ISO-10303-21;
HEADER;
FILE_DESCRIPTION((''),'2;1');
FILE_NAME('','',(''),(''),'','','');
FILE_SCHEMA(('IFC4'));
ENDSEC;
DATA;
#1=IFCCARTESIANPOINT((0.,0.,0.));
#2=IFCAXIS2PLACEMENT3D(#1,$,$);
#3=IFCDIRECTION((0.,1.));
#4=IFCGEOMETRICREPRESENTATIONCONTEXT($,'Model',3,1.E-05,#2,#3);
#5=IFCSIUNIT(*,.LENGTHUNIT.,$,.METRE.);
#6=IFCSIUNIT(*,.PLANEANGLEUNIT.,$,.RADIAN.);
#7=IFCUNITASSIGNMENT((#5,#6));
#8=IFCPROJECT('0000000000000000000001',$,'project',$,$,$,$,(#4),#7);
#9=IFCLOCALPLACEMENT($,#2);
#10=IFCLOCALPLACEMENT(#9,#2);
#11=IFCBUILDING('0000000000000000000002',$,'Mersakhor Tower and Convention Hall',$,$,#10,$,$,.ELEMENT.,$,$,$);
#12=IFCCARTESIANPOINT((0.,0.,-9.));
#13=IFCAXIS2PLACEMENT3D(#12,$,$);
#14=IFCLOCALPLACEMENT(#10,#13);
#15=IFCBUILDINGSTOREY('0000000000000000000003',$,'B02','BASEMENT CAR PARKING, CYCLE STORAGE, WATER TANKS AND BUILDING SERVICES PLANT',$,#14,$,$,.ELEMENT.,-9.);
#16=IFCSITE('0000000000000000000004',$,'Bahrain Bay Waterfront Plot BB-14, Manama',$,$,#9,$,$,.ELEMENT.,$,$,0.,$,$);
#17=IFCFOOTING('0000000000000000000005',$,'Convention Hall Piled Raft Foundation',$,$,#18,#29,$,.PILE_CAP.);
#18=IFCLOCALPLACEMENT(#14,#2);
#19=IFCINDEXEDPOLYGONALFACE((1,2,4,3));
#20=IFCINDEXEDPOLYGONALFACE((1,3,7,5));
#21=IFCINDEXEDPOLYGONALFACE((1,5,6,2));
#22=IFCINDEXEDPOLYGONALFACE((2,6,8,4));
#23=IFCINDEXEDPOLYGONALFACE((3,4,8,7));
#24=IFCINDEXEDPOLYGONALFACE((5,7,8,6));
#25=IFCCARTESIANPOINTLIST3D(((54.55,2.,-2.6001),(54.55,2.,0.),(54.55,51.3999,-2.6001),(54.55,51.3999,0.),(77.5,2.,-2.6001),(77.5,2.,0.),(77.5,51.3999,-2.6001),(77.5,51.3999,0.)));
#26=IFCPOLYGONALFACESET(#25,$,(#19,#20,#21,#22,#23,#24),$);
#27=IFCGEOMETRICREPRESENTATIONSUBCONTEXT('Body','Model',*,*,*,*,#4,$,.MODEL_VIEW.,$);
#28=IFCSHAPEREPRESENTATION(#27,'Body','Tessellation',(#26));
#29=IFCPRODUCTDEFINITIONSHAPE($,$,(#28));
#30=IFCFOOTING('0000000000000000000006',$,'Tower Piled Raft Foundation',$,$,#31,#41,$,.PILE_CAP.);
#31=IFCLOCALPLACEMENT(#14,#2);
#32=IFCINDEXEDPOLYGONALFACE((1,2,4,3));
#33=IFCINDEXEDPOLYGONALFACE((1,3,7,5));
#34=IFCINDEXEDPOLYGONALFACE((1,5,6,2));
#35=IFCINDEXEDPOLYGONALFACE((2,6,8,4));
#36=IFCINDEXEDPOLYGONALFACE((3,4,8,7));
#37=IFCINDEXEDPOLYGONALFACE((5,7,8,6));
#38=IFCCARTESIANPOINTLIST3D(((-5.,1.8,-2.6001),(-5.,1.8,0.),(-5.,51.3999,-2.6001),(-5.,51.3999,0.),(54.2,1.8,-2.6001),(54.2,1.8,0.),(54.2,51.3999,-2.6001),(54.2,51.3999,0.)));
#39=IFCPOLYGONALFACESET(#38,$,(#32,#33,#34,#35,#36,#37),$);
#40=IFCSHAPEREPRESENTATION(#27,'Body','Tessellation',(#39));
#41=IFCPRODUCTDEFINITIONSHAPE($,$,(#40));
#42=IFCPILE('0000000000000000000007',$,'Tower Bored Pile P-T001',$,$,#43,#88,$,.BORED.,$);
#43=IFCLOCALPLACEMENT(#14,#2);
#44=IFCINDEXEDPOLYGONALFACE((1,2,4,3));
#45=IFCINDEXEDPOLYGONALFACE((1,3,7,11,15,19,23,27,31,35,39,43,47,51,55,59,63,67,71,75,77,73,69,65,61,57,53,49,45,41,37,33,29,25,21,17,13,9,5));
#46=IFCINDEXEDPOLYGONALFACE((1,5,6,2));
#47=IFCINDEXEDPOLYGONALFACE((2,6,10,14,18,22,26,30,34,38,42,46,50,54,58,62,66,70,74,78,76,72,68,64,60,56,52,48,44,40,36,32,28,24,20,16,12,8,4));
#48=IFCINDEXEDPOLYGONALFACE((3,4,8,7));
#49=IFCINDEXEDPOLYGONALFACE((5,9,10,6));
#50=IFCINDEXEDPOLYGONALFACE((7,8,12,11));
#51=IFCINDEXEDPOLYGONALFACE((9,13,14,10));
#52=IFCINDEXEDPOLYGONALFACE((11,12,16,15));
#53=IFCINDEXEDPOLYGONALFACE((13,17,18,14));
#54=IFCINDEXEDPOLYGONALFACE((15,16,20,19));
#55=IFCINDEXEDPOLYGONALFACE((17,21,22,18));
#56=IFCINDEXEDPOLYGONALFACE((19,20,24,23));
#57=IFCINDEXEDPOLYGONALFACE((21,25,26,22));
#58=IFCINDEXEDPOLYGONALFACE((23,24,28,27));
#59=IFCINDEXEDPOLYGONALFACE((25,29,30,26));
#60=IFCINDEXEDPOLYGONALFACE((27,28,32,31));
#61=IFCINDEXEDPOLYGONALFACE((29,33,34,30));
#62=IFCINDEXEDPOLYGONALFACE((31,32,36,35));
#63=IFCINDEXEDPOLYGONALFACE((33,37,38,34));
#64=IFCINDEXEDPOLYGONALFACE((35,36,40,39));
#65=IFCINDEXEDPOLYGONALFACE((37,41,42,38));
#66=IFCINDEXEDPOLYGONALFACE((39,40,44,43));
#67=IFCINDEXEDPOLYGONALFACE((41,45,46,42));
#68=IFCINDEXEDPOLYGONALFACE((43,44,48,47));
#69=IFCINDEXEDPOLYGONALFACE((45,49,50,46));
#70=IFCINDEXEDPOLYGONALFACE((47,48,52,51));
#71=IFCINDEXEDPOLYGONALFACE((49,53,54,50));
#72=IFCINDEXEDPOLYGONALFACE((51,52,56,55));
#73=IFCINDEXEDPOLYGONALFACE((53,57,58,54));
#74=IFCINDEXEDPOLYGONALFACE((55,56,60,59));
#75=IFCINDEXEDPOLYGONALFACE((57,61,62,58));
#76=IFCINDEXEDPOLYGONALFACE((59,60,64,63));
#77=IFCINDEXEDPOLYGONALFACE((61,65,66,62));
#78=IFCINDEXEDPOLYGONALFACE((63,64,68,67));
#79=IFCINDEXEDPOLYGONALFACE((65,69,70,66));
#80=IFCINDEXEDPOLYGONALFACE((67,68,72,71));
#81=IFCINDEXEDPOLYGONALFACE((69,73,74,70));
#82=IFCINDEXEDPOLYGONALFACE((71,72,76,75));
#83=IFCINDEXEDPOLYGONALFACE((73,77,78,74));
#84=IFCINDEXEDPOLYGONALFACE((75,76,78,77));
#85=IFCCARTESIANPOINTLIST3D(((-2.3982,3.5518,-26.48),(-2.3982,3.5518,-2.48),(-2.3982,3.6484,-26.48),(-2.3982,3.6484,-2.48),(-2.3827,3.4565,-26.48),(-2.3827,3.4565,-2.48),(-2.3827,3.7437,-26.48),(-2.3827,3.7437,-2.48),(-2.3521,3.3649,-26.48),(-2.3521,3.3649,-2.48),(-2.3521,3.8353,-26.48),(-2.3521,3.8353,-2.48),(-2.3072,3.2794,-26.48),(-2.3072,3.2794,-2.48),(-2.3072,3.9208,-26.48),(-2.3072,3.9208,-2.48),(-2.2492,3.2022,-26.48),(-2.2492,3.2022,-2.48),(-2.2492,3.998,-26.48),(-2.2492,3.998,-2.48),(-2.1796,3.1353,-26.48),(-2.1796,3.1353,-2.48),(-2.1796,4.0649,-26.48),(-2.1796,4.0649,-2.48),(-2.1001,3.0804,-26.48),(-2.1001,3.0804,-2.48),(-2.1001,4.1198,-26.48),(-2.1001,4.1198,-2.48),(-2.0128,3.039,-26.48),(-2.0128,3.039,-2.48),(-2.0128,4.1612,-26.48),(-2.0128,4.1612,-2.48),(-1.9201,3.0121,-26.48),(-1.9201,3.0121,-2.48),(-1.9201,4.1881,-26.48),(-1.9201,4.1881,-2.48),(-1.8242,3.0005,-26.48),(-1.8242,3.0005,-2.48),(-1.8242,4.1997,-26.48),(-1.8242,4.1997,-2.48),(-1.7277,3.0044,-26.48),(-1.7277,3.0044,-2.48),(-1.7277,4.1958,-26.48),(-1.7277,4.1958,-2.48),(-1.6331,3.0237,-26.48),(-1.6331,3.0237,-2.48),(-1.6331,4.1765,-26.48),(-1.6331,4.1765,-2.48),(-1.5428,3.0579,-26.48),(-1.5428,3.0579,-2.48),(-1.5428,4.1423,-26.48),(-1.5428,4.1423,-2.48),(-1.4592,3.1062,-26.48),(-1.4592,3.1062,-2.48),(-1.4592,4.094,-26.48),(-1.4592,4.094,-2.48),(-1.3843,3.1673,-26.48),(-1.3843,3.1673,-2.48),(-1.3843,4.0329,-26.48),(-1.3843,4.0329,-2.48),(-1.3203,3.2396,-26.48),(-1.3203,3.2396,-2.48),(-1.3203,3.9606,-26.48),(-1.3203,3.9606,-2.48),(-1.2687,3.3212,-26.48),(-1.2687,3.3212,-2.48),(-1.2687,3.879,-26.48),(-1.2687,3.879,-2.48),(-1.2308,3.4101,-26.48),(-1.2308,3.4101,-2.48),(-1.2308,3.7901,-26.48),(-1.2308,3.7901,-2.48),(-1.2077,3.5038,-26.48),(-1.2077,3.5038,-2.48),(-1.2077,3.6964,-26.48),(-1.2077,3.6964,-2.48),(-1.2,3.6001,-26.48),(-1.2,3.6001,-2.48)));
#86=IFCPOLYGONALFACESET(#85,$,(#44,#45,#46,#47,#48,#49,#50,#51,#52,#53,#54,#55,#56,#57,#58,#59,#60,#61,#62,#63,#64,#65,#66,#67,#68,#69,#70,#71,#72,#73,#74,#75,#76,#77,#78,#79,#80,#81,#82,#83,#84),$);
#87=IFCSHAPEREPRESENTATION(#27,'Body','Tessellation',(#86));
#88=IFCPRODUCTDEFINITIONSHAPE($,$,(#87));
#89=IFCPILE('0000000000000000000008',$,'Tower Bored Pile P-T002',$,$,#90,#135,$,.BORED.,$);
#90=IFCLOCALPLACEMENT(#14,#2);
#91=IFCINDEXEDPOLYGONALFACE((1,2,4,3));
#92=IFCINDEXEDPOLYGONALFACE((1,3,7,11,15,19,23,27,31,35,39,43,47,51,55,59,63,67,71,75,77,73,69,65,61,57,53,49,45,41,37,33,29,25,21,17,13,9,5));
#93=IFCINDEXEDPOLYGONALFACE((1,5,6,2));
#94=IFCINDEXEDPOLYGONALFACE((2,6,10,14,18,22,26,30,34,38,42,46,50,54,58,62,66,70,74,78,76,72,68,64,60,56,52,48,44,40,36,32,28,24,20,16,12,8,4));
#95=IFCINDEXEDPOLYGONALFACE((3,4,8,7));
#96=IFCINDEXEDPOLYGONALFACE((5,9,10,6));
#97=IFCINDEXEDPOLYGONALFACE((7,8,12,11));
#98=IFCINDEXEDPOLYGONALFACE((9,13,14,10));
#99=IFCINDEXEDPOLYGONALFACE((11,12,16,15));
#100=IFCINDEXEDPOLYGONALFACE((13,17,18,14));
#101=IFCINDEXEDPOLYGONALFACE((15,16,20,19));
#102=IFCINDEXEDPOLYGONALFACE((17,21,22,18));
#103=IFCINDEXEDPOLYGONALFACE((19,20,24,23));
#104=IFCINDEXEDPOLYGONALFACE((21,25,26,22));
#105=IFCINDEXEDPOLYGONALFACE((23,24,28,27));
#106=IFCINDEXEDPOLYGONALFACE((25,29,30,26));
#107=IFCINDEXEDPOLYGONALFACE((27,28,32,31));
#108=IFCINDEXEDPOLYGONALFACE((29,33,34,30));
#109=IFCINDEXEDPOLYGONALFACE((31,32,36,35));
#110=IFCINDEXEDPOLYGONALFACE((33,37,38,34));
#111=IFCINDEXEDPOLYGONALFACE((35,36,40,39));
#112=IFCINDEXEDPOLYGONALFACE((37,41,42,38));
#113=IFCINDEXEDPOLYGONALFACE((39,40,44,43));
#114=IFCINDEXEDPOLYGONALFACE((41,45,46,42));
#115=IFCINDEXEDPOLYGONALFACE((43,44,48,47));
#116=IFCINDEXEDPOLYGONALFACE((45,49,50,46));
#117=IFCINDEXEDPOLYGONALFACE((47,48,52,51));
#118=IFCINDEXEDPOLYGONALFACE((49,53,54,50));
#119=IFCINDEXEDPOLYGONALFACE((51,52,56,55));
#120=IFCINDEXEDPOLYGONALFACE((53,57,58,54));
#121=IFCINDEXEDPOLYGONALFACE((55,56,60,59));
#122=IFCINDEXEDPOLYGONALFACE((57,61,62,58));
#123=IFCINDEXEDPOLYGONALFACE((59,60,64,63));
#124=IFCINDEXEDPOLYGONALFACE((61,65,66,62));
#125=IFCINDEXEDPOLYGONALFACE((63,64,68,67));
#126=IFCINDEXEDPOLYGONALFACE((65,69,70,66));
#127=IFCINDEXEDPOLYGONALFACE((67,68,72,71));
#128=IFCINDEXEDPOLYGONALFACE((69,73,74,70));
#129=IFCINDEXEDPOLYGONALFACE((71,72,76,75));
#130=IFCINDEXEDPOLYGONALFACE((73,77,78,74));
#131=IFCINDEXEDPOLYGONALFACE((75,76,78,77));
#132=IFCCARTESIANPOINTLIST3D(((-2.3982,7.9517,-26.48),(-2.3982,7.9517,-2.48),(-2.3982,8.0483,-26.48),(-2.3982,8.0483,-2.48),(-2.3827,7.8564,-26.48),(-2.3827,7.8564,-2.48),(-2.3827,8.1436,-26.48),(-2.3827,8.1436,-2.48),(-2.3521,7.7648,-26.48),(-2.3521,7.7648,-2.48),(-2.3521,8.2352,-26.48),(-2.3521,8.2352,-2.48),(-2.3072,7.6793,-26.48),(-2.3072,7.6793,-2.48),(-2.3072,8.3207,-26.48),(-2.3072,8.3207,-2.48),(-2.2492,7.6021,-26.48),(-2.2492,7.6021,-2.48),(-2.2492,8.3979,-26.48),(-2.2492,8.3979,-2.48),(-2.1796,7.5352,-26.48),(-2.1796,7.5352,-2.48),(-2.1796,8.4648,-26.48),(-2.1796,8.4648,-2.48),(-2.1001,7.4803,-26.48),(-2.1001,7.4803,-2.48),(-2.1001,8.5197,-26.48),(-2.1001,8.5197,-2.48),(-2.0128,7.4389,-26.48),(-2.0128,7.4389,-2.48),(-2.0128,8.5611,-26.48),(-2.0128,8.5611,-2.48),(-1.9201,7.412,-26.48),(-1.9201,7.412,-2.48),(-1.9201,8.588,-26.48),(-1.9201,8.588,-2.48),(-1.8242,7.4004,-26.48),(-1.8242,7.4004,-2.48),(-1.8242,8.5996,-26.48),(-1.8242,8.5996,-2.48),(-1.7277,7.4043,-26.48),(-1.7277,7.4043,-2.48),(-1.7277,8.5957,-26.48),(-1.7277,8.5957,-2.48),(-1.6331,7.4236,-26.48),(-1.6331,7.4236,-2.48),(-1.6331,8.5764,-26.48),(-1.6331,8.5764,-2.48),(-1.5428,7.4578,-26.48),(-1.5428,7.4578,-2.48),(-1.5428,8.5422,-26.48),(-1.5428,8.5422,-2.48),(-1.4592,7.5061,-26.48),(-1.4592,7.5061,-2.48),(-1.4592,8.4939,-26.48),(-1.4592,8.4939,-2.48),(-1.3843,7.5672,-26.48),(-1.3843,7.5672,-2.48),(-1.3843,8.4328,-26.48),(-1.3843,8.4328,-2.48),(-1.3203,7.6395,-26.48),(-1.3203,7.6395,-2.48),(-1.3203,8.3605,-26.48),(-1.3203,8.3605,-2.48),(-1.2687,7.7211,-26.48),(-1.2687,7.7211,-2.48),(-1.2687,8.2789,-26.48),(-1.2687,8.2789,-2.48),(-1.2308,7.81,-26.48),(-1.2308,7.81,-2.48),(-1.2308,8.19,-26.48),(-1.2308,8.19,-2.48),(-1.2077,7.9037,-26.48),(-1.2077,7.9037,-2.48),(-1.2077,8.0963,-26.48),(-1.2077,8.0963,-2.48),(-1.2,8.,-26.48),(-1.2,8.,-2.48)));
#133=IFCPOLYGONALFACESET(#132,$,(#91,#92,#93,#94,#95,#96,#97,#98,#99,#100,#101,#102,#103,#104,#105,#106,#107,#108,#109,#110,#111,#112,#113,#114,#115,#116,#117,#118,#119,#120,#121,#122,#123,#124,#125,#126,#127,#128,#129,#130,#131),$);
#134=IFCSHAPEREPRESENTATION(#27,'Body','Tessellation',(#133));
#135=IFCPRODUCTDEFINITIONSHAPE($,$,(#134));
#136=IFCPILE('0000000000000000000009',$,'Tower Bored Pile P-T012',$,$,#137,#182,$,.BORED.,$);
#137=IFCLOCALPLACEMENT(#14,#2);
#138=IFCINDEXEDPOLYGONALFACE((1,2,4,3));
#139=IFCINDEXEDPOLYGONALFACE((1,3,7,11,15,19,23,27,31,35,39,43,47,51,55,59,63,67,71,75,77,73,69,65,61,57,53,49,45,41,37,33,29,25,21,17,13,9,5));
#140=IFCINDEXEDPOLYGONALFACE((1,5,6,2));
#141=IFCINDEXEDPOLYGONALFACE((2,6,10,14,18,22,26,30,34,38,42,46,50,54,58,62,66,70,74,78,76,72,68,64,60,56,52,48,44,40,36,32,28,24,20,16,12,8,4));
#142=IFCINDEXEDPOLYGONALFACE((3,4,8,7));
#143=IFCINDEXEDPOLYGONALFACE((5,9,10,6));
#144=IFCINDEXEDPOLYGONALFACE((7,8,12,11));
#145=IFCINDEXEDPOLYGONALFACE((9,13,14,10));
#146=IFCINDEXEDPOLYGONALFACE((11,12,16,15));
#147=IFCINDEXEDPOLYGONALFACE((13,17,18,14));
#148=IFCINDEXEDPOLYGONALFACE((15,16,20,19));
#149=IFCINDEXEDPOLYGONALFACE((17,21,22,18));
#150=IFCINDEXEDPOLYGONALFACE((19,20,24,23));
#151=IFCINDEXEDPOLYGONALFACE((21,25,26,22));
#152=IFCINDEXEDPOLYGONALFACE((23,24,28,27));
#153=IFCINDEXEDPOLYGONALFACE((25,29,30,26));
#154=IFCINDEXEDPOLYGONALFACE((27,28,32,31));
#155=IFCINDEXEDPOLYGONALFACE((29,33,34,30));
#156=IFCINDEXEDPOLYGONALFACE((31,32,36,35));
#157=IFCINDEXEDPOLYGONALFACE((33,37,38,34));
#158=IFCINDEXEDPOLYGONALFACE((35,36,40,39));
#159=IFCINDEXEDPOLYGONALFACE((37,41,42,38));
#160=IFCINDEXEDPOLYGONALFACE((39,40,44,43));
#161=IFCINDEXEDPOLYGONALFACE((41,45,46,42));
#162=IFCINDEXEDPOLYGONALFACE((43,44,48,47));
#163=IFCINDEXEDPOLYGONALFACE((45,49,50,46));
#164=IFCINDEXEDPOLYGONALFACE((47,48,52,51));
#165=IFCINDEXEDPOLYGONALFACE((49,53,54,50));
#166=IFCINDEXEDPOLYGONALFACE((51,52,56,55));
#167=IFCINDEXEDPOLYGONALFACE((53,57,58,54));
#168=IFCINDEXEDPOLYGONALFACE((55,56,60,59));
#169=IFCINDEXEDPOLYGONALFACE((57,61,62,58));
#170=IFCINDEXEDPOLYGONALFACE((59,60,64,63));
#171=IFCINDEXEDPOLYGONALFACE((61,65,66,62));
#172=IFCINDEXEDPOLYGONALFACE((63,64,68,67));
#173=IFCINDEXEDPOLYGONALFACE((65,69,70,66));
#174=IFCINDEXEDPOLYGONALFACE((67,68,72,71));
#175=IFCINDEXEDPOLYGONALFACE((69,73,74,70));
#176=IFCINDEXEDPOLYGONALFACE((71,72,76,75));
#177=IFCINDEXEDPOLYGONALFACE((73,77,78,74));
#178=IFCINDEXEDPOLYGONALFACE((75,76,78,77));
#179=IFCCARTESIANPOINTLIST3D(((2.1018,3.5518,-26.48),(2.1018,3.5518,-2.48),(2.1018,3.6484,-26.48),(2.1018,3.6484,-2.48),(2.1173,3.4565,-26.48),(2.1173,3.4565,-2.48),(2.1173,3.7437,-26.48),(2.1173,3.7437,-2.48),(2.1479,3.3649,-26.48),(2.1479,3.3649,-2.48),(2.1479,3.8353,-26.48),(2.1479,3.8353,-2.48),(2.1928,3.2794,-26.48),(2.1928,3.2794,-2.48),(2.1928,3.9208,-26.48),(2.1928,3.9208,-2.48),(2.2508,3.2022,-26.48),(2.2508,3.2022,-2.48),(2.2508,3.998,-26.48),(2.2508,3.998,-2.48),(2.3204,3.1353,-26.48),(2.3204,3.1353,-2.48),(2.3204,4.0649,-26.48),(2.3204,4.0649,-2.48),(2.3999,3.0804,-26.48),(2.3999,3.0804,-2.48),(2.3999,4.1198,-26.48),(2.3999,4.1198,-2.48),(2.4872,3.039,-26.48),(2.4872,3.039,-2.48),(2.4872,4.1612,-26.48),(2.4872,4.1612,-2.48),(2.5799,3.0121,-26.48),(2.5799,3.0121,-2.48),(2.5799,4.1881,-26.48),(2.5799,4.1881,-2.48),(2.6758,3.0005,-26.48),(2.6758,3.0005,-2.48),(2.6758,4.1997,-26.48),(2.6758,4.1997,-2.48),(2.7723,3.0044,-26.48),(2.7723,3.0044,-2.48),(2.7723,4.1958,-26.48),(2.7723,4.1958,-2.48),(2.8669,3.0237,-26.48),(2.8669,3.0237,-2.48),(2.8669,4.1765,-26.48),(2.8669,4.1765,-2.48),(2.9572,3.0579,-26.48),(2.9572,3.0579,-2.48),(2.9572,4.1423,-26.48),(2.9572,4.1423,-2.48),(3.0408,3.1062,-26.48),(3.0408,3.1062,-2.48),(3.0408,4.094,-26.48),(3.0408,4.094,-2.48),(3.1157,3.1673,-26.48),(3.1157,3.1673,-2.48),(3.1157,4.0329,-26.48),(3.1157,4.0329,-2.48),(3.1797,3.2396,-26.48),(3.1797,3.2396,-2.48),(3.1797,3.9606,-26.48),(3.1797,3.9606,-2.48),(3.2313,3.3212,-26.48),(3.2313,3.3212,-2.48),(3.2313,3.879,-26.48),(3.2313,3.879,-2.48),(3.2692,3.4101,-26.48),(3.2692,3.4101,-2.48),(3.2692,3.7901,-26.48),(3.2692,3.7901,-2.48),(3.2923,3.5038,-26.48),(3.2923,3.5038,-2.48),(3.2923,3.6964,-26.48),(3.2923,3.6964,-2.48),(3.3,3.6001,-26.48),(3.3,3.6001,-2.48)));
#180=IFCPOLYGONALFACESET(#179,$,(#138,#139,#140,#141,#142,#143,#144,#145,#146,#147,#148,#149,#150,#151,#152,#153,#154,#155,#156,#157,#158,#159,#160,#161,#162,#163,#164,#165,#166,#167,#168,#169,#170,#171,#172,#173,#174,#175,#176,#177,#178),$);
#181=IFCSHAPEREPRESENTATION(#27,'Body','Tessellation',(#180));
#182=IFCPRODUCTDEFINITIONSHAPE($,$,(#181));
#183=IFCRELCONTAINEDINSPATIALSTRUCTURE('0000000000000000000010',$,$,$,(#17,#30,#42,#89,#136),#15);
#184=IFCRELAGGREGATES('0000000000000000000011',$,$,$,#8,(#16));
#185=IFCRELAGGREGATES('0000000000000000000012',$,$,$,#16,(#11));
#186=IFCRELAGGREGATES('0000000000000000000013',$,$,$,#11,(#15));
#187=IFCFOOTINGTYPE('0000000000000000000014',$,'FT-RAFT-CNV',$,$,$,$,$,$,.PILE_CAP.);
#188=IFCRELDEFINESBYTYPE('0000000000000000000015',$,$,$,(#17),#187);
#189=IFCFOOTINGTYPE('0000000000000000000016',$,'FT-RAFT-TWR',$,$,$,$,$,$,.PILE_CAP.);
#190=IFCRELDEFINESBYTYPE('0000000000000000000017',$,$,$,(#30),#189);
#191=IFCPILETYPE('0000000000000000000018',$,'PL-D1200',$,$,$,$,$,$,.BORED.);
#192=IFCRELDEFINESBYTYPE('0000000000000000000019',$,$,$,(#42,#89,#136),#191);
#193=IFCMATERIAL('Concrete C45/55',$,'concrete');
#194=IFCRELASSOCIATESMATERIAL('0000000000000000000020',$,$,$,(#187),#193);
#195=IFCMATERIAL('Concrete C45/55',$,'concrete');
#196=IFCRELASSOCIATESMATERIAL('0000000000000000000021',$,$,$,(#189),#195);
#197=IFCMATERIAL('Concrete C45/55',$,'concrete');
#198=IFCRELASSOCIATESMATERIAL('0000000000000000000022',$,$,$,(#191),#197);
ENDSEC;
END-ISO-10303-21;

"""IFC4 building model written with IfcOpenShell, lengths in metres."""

from ifc_helpers import new_model, si_unit, direction, frame, origin, origin_2d, place, context, subcontext, project, spatial, polyline, circle, outline, extrude, material, material_profile, profile_set, type_object, element, save


model = new_model("IFC4")

# Units and contexts
model_context = context("Model", 3, precision=1e-05, world=origin(), true_north=direction((0.0, 1.0)))
body_context = subcontext(model_context, "Body", "Model", "MODEL_VIEW")
ifc_project = project(units=[si_unit("LENGTHUNIT", "METRE"), si_unit("PLANEANGLEUNIT", "RADIAN")], contexts=[model_context])

# Site, building, storey
site_placement = place(None, origin())
site = spatial("IfcSite", under=ifc_project, at=site_placement, Name="Bahrain Bay Waterfront Plot BB-14, Manama", CompositionType="ELEMENT", RefElevation=0.0)
building_placement = place(site_placement, origin())
building = spatial("IfcBuilding", under=site, at=building_placement, Name="Mersakhor Tower and Convention Hall", CompositionType="ELEMENT")
storey_placement = place(building_placement, frame((0.0, 0.0, -9.0)))
storey = spatial("IfcBuildingStorey", under=building, at=storey_placement, Name="B02", Description="BASEMENT CAR PARKING, CYCLE STORAGE, WATER TANKS AND BUILDING SERVICES PLANT", CompositionType="ELEMENT", Elevation=-9.0)

# Footings
ifc_material_1 = material(Name="Concrete C45/55", Category="concrete")
footing_type_1 = type_object("IfcFootingType", Name="FT-RAFT-CNV", PredefinedType="PILE_CAP", material=ifc_material_1)
footing_1_placement = place(storey_placement, frame((0.0, 0.0, -2.6001)))
element("IfcFooting", 1, at=footing_1_placement, inside=storey, type_object=footing_type_1, Name="Convention Hall Piled Raft Foundation", PredefinedType="PILE_CAP", context=body_context, shape_type="SweptSolid", body=[
    extrude(outline(polyline([(54.55, 2.0), (54.55, 51.3999), (77.5, 51.3999), (77.5, 2.0), (54.55, 2.0)])), origin(), (0.0, 0.0, 1.0), 2.6001),
])
ifc_material_2 = material(Name="Concrete C45/55", Category="concrete")
footing_type_2 = type_object("IfcFootingType", Name="FT-RAFT-TWR", PredefinedType="PILE_CAP", material=ifc_material_2)
footing_2_placement = place(storey_placement, frame((0.0, 0.0, -2.6001)))
element("IfcFooting", 2, at=footing_2_placement, inside=storey, type_object=footing_type_2, Name="Tower Piled Raft Foundation", PredefinedType="PILE_CAP", context=body_context, shape_type="SweptSolid", body=[
    extrude(outline(polyline([(-5.0, 1.8), (-5.0, 51.3999), (54.2, 51.3999), (54.2, 1.8), (-5.0, 1.8)])), origin(), (0.0, 0.0, 1.0), 2.6001),
])

# Piles
ifc_material_3 = material(Name="Concrete C45/55", Category="concrete")
ifc_material_profile_1 = material_profile(ifc_material_3, circle(Radius=0.6001, at=origin_2d()), Name="PILE D1200")
ifc_profile_set_1 = profile_set([ifc_material_profile_1], Name="Concrete C45/55")
pile_type = type_object("IfcPileType", Name="PL-D1200", PredefinedType="BORED", material=ifc_profile_set_1)
for number, where, z_axis, x_axis, name in (
    (3, (-1.8, 3.6001, -2.48), (0.0, 0.0, -1.0), (1.0, 0.0, 0.0), "Tower Bored Pile P-T001"),
    (4, (-1.8, 8.0, -2.48), (0.0, 0.0, -1.0), (1.0, 0.0, 0.0), "Tower Bored Pile P-T002"),
    (5, (2.7, 3.6001, -2.48), (0.0, 0.0, -1.0), (1.0, 0.0, 0.0), "Tower Bored Pile P-T012"),
):
    element("IfcPile", number, at=place(storey_placement, frame(where, z_axis=z_axis, x_axis=x_axis)), inside=storey, type_object=pile_type, Name=name, PredefinedType="BORED", context=body_context, shape_type="SweptSolid", body=[
        extrude(circle(Radius=0.6001, at=origin_2d()), origin(), (0.0, 0.0, 1.0), 24.0),
    ])

save(model, "model.ifc")
